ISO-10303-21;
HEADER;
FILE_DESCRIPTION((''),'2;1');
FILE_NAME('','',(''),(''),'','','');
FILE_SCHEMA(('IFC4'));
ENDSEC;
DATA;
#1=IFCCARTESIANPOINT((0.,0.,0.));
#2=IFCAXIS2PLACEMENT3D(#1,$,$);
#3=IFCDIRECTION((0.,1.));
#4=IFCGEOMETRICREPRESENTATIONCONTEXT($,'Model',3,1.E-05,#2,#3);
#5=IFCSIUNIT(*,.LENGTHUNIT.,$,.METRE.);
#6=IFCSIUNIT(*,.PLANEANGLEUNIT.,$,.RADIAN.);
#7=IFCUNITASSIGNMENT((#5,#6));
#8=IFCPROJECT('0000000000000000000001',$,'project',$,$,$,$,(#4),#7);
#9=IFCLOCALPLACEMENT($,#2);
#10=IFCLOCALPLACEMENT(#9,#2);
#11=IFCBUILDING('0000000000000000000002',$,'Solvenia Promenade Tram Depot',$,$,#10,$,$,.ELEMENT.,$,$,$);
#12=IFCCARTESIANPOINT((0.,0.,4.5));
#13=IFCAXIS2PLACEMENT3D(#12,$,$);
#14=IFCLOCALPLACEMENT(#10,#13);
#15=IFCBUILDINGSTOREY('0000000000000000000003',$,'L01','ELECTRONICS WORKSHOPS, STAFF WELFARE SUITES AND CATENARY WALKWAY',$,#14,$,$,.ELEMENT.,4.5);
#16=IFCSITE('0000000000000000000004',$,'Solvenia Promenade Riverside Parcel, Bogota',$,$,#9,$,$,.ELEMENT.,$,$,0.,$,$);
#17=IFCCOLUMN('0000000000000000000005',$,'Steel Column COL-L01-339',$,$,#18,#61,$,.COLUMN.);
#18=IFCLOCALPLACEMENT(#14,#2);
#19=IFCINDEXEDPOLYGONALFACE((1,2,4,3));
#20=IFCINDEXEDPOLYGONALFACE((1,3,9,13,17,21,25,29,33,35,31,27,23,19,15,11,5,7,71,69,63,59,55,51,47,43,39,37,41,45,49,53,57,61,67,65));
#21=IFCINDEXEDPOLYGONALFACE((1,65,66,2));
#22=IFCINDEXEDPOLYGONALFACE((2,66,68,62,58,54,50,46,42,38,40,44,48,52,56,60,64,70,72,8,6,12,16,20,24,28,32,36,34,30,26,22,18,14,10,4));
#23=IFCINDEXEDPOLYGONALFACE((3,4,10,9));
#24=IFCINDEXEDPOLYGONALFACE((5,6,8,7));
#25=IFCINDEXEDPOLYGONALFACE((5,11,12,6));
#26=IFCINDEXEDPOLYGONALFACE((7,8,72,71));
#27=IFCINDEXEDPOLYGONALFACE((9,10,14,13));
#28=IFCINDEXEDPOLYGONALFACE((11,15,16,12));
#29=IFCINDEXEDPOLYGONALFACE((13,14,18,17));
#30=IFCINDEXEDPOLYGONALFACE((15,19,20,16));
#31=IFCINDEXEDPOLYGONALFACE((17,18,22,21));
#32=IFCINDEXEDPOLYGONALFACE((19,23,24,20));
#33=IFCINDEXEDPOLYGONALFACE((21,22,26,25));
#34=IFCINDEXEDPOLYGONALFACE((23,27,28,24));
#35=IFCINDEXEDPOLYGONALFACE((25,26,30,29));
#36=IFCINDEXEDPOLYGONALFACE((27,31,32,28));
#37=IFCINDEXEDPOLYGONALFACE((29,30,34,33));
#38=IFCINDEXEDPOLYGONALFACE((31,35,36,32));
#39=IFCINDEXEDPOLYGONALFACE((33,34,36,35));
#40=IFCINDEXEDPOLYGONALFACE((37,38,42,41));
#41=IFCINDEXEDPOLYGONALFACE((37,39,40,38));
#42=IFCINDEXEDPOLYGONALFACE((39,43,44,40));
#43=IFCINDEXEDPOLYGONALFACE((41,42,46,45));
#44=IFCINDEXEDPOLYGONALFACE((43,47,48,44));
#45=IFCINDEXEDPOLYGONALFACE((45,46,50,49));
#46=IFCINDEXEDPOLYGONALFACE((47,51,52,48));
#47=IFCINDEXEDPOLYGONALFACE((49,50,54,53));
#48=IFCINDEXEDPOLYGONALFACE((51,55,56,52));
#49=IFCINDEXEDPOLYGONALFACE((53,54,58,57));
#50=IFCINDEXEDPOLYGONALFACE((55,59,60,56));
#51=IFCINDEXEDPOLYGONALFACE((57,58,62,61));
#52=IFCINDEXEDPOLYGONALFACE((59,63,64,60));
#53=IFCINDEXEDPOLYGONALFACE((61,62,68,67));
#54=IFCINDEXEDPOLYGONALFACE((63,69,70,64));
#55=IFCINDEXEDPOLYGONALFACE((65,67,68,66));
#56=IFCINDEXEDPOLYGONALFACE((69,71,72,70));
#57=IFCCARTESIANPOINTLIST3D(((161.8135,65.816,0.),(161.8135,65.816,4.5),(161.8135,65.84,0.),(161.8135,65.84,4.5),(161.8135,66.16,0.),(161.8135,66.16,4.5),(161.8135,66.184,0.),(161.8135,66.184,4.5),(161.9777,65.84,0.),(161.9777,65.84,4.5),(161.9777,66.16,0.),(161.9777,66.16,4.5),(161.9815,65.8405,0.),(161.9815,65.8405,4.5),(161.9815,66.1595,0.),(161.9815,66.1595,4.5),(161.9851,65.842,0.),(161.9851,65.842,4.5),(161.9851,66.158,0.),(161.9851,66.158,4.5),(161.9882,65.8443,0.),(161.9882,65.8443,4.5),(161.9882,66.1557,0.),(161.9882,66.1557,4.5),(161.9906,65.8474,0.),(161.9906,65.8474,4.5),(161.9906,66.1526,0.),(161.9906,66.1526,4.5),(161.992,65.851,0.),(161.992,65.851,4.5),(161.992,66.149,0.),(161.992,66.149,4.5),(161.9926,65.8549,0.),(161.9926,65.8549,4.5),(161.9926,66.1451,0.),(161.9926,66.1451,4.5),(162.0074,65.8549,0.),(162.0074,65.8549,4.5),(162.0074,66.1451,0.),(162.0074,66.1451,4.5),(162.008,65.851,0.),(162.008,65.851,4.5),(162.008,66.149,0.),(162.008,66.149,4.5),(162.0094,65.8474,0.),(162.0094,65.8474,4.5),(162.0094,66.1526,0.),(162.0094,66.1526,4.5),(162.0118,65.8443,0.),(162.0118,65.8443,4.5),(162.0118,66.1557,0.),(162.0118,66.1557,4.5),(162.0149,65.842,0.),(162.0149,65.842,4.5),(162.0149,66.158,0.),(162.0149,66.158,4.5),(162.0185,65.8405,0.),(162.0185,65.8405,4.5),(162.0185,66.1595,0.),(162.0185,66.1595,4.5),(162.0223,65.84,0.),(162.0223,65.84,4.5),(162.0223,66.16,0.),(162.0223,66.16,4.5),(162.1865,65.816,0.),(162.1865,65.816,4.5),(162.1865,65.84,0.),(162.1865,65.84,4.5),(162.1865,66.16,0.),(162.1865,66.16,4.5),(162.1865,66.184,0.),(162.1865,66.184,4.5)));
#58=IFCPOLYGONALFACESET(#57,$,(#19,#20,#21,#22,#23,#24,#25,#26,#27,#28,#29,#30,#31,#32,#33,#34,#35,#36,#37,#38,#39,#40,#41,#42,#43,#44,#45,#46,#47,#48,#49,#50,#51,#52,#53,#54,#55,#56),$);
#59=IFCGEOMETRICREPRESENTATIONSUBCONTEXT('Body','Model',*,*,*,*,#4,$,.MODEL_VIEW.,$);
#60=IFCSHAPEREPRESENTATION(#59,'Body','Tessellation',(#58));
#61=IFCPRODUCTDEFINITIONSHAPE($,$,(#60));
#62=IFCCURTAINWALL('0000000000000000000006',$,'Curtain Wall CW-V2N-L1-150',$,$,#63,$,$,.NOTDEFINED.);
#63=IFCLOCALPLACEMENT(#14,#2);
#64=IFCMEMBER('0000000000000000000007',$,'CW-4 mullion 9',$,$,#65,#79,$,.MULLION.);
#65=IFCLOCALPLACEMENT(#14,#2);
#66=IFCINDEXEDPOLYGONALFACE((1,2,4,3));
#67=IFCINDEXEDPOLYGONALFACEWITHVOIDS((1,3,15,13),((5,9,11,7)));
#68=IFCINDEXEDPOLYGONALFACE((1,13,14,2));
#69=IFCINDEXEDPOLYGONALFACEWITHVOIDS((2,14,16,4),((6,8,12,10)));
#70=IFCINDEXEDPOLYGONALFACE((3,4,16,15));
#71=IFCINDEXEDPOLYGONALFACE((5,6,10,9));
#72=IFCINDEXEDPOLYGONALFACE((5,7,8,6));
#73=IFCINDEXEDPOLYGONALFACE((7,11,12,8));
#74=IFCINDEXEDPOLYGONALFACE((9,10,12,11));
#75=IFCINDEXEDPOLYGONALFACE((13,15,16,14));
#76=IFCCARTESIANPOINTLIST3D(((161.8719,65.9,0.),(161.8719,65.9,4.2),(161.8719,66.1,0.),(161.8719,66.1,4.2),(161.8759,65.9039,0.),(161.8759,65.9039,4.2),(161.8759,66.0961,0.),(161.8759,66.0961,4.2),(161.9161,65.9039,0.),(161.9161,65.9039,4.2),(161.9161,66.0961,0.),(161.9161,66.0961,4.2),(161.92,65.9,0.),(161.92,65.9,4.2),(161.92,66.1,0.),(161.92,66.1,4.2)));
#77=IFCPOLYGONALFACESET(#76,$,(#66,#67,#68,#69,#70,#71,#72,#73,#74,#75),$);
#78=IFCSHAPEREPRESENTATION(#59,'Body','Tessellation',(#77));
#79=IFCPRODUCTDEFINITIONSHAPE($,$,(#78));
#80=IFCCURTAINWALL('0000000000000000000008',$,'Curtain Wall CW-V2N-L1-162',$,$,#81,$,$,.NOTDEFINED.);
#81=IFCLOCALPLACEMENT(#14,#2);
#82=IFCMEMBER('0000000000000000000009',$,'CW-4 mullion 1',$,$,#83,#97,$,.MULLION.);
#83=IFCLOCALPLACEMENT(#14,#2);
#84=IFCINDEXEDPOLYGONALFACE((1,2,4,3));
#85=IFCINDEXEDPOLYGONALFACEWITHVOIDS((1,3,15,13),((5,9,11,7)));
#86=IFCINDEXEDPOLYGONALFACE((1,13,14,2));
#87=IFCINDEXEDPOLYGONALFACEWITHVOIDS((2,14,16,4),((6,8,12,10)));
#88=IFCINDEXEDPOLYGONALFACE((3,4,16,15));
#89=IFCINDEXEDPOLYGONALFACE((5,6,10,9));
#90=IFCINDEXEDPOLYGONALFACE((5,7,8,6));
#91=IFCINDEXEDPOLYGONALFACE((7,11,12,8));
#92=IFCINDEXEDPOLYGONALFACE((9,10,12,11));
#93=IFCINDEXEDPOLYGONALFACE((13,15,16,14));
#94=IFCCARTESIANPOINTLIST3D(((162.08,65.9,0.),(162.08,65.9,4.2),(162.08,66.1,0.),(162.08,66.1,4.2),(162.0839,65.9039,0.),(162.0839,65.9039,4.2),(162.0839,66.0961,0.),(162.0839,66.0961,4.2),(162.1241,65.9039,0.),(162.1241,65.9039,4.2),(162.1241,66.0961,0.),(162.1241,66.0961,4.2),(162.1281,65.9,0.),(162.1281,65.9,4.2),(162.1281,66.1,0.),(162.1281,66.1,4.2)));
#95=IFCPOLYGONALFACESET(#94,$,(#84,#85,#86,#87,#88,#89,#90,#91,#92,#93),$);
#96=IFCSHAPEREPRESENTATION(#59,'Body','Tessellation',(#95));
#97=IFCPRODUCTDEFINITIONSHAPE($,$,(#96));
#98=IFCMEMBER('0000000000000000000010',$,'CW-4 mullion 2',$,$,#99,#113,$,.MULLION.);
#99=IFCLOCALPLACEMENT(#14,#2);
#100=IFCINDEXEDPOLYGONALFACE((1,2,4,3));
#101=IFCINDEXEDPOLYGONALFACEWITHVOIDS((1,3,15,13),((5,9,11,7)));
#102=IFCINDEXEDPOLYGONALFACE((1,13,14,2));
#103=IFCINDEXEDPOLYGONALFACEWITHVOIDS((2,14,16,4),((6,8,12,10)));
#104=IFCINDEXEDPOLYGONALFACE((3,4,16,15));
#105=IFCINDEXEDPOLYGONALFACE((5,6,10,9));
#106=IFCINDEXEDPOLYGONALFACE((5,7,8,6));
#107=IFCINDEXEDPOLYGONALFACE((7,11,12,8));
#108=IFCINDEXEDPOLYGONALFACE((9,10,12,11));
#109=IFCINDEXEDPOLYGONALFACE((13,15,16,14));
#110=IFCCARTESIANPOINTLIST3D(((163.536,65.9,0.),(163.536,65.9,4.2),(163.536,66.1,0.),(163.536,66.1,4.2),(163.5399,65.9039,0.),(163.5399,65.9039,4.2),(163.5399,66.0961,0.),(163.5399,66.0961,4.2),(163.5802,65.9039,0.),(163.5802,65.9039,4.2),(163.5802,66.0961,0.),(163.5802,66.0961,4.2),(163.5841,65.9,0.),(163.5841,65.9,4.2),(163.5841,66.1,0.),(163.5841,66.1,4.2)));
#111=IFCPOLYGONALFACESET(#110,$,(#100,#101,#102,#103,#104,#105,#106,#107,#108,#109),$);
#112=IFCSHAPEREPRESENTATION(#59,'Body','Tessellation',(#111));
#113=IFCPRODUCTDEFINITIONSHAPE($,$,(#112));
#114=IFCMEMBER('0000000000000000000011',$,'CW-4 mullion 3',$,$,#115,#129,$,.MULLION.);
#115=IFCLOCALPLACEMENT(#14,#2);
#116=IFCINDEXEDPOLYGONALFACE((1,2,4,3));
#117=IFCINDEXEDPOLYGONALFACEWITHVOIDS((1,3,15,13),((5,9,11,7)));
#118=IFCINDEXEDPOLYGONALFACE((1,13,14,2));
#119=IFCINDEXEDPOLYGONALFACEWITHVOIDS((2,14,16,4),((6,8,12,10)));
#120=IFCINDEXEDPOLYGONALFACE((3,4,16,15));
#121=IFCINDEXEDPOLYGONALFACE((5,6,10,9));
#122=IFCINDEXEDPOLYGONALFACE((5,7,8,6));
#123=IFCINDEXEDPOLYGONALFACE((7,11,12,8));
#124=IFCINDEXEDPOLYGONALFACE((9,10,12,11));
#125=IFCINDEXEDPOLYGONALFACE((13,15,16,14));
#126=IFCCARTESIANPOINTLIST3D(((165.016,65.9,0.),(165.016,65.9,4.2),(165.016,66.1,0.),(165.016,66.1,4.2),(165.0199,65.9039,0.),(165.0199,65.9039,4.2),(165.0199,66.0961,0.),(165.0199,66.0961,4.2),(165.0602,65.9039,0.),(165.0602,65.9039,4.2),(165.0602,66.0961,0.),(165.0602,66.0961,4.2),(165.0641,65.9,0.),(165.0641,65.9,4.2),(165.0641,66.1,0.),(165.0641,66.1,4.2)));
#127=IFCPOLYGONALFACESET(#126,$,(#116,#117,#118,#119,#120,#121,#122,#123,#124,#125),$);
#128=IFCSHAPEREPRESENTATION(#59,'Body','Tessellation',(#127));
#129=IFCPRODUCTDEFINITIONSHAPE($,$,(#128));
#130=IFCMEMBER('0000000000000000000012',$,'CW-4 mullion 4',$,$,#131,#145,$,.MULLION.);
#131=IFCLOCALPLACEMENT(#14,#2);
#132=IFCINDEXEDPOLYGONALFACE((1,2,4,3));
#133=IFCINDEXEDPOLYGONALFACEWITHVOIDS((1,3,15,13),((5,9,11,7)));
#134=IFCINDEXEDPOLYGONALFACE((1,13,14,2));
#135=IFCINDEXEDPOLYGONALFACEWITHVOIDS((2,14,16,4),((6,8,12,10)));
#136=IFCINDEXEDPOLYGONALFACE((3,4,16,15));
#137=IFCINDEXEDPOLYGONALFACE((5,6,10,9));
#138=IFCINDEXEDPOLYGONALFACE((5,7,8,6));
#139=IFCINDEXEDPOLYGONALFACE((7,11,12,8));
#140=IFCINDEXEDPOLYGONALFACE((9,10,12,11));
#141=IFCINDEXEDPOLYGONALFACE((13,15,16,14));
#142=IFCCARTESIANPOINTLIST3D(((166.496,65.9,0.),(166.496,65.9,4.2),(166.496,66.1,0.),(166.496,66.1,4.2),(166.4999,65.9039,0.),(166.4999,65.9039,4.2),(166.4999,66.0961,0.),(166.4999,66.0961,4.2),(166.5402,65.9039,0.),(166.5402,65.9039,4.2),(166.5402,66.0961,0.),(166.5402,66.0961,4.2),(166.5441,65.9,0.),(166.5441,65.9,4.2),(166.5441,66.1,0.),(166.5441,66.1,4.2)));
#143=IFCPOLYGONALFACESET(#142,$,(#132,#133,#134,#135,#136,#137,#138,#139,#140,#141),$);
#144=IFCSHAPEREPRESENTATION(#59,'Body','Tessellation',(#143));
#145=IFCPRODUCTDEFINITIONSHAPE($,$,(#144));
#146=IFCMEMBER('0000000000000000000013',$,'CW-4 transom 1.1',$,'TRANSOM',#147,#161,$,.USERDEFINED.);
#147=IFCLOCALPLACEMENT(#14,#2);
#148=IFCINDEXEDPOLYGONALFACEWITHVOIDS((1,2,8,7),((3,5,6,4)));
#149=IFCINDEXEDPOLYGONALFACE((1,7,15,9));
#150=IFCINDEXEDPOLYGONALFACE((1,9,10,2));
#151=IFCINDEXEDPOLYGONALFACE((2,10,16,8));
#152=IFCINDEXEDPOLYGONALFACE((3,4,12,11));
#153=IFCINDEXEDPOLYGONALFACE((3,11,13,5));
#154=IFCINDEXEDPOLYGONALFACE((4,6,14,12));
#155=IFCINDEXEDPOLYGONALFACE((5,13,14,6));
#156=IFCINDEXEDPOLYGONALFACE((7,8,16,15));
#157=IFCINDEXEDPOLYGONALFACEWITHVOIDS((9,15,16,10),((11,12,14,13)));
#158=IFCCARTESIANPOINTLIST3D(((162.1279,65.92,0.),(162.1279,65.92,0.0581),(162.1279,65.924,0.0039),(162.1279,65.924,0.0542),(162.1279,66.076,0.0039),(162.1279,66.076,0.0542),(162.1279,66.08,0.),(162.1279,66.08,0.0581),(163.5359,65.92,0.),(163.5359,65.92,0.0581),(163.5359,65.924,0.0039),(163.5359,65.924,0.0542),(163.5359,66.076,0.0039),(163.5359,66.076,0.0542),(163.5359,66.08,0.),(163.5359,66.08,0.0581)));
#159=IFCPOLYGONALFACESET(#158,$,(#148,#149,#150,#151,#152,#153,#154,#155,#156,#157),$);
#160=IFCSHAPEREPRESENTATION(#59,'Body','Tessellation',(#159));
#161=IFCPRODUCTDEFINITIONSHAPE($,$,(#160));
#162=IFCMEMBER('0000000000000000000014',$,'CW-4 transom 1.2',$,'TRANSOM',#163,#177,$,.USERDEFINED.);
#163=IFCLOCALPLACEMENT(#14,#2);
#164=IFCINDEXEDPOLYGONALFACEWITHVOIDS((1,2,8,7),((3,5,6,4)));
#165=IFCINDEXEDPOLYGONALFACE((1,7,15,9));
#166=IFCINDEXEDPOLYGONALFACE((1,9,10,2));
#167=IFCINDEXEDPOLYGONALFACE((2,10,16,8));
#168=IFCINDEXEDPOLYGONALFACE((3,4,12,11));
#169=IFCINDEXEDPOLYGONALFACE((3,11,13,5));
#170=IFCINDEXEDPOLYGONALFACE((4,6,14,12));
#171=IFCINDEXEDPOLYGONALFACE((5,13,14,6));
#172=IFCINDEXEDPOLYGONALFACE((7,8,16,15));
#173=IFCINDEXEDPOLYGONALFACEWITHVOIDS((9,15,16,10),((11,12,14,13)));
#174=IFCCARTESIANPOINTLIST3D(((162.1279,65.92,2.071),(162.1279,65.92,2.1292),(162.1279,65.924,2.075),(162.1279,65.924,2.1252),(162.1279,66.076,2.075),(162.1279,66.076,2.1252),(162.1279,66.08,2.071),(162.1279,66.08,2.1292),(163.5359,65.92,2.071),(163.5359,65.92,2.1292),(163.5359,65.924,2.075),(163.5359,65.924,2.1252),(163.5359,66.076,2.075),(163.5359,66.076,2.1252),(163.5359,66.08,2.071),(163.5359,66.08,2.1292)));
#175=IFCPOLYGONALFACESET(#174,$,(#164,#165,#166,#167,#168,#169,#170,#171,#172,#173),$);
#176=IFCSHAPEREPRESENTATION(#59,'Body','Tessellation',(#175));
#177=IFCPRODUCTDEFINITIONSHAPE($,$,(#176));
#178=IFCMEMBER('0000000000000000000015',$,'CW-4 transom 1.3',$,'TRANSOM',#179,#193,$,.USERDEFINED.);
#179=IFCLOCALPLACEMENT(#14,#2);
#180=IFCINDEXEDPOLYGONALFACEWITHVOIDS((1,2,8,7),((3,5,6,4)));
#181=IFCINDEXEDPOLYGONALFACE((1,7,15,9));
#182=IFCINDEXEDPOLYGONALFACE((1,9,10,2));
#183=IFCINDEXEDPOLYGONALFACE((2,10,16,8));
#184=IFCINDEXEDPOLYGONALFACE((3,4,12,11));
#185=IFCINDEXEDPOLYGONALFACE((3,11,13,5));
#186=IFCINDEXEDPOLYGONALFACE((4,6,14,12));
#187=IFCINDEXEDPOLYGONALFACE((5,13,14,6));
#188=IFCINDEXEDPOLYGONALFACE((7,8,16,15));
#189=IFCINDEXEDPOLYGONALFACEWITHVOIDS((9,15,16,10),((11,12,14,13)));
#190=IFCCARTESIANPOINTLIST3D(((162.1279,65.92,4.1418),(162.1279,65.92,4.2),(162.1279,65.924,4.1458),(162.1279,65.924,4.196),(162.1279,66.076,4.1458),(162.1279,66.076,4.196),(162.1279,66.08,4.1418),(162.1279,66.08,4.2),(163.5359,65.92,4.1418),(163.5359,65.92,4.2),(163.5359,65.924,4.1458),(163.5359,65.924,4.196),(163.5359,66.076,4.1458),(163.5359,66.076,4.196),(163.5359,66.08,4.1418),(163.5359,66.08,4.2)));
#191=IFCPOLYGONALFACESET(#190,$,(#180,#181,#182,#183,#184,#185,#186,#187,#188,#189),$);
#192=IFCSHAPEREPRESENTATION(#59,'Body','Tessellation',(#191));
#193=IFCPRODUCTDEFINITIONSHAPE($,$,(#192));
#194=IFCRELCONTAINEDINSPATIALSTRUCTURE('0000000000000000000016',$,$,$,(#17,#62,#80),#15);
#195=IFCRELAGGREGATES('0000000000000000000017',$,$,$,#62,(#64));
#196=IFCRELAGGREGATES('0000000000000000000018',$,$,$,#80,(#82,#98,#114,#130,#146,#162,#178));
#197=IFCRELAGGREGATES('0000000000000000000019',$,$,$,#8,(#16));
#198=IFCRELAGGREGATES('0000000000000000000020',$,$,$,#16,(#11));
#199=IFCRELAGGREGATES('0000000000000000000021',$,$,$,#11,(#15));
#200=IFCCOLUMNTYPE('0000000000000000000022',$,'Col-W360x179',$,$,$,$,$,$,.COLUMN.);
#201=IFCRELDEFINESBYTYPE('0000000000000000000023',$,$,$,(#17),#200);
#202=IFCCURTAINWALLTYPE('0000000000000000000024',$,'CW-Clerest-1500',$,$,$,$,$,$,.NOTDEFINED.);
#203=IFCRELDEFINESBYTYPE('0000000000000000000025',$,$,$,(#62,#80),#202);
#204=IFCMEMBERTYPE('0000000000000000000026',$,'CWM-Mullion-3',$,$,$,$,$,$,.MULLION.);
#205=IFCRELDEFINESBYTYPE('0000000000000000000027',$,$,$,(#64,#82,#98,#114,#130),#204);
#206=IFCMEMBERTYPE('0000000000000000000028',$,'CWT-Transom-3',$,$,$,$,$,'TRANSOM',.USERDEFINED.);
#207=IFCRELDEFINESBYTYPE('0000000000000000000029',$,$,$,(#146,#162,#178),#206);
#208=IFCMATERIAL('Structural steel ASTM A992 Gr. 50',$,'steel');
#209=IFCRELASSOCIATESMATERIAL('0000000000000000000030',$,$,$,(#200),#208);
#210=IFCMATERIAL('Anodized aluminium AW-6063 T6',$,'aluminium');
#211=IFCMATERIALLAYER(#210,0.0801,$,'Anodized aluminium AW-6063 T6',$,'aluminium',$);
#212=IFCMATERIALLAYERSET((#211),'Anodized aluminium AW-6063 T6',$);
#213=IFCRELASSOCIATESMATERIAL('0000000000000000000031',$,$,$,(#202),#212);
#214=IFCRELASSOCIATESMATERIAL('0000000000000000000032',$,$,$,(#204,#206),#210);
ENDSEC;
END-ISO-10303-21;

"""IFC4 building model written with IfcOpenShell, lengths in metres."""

from ifc_helpers import new_model, si_unit, direction, frame, origin, origin_2d, place, context, subcontext, project, spatial, hollow_rectangle, i_section, extrude, material, layer, layer_set, material_profile, profile_set, type_object, element, aggregate, save


model = new_model("IFC4")

# Units and contexts
model_context = context("Model", 3, precision=1e-05, world=origin(), true_north=direction((0.0, 1.0)))
body_context = subcontext(model_context, "Body", "Model", "MODEL_VIEW")
ifc_project = project(units=[si_unit("LENGTHUNIT", "METRE"), si_unit("PLANEANGLEUNIT", "RADIAN")], contexts=[model_context])

# Site, building, storey
site_placement = place(None, origin())
site = spatial("IfcSite", under=ifc_project, at=site_placement, Name="Solvenia Promenade Riverside Parcel, Bogota", CompositionType="ELEMENT", RefElevation=0.0)
building_placement = place(site_placement, origin())
building = spatial("IfcBuilding", under=site, at=building_placement, Name="Solvenia Promenade Tram Depot", CompositionType="ELEMENT")
storey_placement = place(building_placement, frame((0.0, 0.0, 4.5)))
storey = spatial("IfcBuildingStorey", under=building, at=storey_placement, Name="L01", Description="ELECTRONICS WORKSHOPS, STAFF WELFARE SUITES AND CATENARY WALKWAY", CompositionType="ELEMENT", Elevation=4.5)

# Column
ifc_material_1 = material(Name="Structural steel ASTM A992 Gr. 50", Category="steel")
ifc_material_profile_1 = material_profile(ifc_material_1, i_section(OverallWidth=0.373, OverallDepth=0.3679, WebThickness=0.0149, FlangeThickness=0.0239, FilletRadius=0.0149, at=origin_2d()), Name="W360x179", Category="steel")
ifc_profile_set_1 = profile_set([ifc_material_profile_1], Name="Structural steel ASTM A992 Gr. 50")
column_type = type_object("IfcColumnType", Name="Col-W360x179", PredefinedType="COLUMN", material=ifc_profile_set_1)
column_placement = place(storey_placement, frame((162.0, 66.0, 0.0), z_axis=(0.0, 0.0, 1.0), x_axis=(1.0, 0.0, 0.0)))
element("IfcColumn", 1, at=column_placement, inside=storey, type_object=column_type, Name="Steel Column COL-L01-339", PredefinedType="COLUMN", context=body_context, shape_type="SweptSolid", body=[
    extrude(i_section(OverallWidth=0.373, OverallDepth=0.3679, WebThickness=0.0149, FlangeThickness=0.0239, FilletRadius=0.0149, at=origin_2d()), origin(), (0.0, 0.0, 1.0), 4.5),
])

# Curtain wall, member
ifc_material_2 = material(Name="Anodized aluminium AW-6063 T6", Category="aluminium")
ifc_layer_1 = layer(ifc_material_2, 0.0801, Name="Anodized aluminium AW-6063 T6", Category="aluminium")
ifc_layer_set_1 = layer_set([ifc_layer_1], Name="Anodized aluminium AW-6063 T6")
curtain_wall_type = type_object("IfcCurtainWallType", Name="CW-Clerest-1500", PredefinedType="NOTDEFINED", material=ifc_layer_set_1)
curtain_wall_1_placement = place(storey_placement, origin())
curtain_wall_1 = element("IfcCurtainWall", 2, at=curtain_wall_1_placement, inside=storey, type_object=curtain_wall_type, Name="Curtain Wall CW-V2N-L1-150", PredefinedType="NOTDEFINED")
ifc_material_profile_2 = material_profile(ifc_material_2, hollow_rectangle(XDim=0.2, YDim=0.0481, WallThickness=0.0039, at=origin_2d()), Name="ALU-M3", Category="aluminium")
ifc_profile_set_2 = profile_set([ifc_material_profile_2], Name="Anodized aluminium AW-6063 T6")
member_type_1 = type_object("IfcMemberType", Name="CWM-Mullion-3", PredefinedType="MULLION", material=ifc_profile_set_2)
member_1_placement = place(storey_placement, frame((161.896, 66.0, 0.0), z_axis=(0.0, 0.0, 1.0), x_axis=(0.0, 1.0, 0.0)))
member_1 = element("IfcMember", 3, at=member_1_placement, type_object=member_type_1, Name="CW-4 mullion 9", PredefinedType="MULLION", context=body_context, shape_type="SweptSolid", body=[
    extrude(hollow_rectangle(XDim=0.2, YDim=0.0481, WallThickness=0.0039, at=origin_2d()), origin(), (0.0, 0.0, 1.0), 4.2),
])
aggregate(curtain_wall_1, [member_1])

# Curtain wall, members
curtain_wall_2_placement = place(storey_placement, origin())
curtain_wall_2 = element("IfcCurtainWall", 4, at=curtain_wall_2_placement, inside=storey, type_object=curtain_wall_type, Name="Curtain Wall CW-V2N-L1-162", PredefinedType="NOTDEFINED")
member_2_placement = place(storey_placement, frame((162.104, 66.0, 0.0), z_axis=(0.0, 0.0, 1.0), x_axis=(0.0, 1.0, 0.0)))
member_2 = element("IfcMember", 5, at=member_2_placement, type_object=member_type_1, Name="CW-4 mullion 1", PredefinedType="MULLION", context=body_context, shape_type="SweptSolid", body=[
    extrude(hollow_rectangle(XDim=0.2, YDim=0.0481, WallThickness=0.0039, at=origin_2d()), origin(), (0.0, 0.0, 1.0), 4.2),
])
member_3_placement = place(storey_placement, frame((163.5601, 66.0, 0.0), z_axis=(0.0, 0.0, 1.0), x_axis=(0.0, 1.0, 0.0)))
member_3 = element("IfcMember", 6, at=member_3_placement, type_object=member_type_1, Name="CW-4 mullion 2", PredefinedType="MULLION", context=body_context, shape_type="SweptSolid", body=[
    extrude(hollow_rectangle(XDim=0.2, YDim=0.0481, WallThickness=0.0039, at=origin_2d()), origin(), (0.0, 0.0, 1.0), 4.2),
])
member_4_placement = place(storey_placement, frame((165.04, 66.0, 0.0), z_axis=(0.0, 0.0, 1.0), x_axis=(0.0, 1.0, 0.0)))
member_4 = element("IfcMember", 7, at=member_4_placement, type_object=member_type_1, Name="CW-4 mullion 3", PredefinedType="MULLION", context=body_context, shape_type="SweptSolid", body=[
    extrude(hollow_rectangle(XDim=0.2, YDim=0.0481, WallThickness=0.0039, at=origin_2d()), origin(), (0.0, 0.0, 1.0), 4.2),
])
member_5_placement = place(storey_placement, frame((166.52, 66.0, 0.0), z_axis=(0.0, 0.0, 1.0), x_axis=(0.0, 1.0, 0.0)))
member_5 = element("IfcMember", 8, at=member_5_placement, type_object=member_type_1, Name="CW-4 mullion 4", PredefinedType="MULLION", context=body_context, shape_type="SweptSolid", body=[
    extrude(hollow_rectangle(XDim=0.2, YDim=0.0481, WallThickness=0.0039, at=origin_2d()), origin(), (0.0, 0.0, 1.0), 4.2),
])
ifc_material_profile_3 = material_profile(ifc_material_2, hollow_rectangle(XDim=0.1599, YDim=0.0581, WallThickness=0.0039, at=origin_2d()), Name="ALU-T3", Category="aluminium")
ifc_profile_set_3 = profile_set([ifc_material_profile_3], Name="Anodized aluminium AW-6063 T6")
member_type_2 = type_object("IfcMemberType", Name="CWT-Transom-3", ElementType="TRANSOM", PredefinedType="USERDEFINED", material=ifc_profile_set_3)
member_6_placement = place(storey_placement, frame((162.1279, 66.0, 0.0291), z_axis=(1.0, 0.0, 0.0), x_axis=(0.0, 1.0, 0.0)))
member_6 = element("IfcMember", 9, at=member_6_placement, type_object=member_type_2, Name="CW-4 transom 1.1", ObjectType="TRANSOM", PredefinedType="USERDEFINED", context=body_context, shape_type="SweptSolid", body=[
    extrude(hollow_rectangle(XDim=0.1599, YDim=0.0581, WallThickness=0.0039, at=origin_2d()), origin(), (0.0, 0.0, 1.0), 1.408),
])
member_7_placement = place(storey_placement, frame((162.1279, 66.0, 2.1001), z_axis=(1.0, 0.0, 0.0), x_axis=(0.0, 1.0, 0.0)))
member_7 = element("IfcMember", 10, at=member_7_placement, type_object=member_type_2, Name="CW-4 transom 1.2", ObjectType="TRANSOM", PredefinedType="USERDEFINED", context=body_context, shape_type="SweptSolid", body=[
    extrude(hollow_rectangle(XDim=0.1599, YDim=0.0581, WallThickness=0.0039, at=origin_2d()), origin(), (0.0, 0.0, 1.0), 1.408),
])
member_8_placement = place(storey_placement, frame((162.1279, 66.0, 4.1709), z_axis=(1.0, 0.0, 0.0), x_axis=(0.0, 1.0, 0.0)))
member_8 = element("IfcMember", 11, at=member_8_placement, type_object=member_type_2, Name="CW-4 transom 1.3", ObjectType="TRANSOM", PredefinedType="USERDEFINED", context=body_context, shape_type="SweptSolid", body=[
    extrude(hollow_rectangle(XDim=0.1599, YDim=0.0581, WallThickness=0.0039, at=origin_2d()), origin(), (0.0, 0.0, 1.0), 1.408),
])

aggregate(curtain_wall_2, [member_2, member_3, member_4, member_5, member_6, member_7, member_8])

save(model, "model.ifc")
